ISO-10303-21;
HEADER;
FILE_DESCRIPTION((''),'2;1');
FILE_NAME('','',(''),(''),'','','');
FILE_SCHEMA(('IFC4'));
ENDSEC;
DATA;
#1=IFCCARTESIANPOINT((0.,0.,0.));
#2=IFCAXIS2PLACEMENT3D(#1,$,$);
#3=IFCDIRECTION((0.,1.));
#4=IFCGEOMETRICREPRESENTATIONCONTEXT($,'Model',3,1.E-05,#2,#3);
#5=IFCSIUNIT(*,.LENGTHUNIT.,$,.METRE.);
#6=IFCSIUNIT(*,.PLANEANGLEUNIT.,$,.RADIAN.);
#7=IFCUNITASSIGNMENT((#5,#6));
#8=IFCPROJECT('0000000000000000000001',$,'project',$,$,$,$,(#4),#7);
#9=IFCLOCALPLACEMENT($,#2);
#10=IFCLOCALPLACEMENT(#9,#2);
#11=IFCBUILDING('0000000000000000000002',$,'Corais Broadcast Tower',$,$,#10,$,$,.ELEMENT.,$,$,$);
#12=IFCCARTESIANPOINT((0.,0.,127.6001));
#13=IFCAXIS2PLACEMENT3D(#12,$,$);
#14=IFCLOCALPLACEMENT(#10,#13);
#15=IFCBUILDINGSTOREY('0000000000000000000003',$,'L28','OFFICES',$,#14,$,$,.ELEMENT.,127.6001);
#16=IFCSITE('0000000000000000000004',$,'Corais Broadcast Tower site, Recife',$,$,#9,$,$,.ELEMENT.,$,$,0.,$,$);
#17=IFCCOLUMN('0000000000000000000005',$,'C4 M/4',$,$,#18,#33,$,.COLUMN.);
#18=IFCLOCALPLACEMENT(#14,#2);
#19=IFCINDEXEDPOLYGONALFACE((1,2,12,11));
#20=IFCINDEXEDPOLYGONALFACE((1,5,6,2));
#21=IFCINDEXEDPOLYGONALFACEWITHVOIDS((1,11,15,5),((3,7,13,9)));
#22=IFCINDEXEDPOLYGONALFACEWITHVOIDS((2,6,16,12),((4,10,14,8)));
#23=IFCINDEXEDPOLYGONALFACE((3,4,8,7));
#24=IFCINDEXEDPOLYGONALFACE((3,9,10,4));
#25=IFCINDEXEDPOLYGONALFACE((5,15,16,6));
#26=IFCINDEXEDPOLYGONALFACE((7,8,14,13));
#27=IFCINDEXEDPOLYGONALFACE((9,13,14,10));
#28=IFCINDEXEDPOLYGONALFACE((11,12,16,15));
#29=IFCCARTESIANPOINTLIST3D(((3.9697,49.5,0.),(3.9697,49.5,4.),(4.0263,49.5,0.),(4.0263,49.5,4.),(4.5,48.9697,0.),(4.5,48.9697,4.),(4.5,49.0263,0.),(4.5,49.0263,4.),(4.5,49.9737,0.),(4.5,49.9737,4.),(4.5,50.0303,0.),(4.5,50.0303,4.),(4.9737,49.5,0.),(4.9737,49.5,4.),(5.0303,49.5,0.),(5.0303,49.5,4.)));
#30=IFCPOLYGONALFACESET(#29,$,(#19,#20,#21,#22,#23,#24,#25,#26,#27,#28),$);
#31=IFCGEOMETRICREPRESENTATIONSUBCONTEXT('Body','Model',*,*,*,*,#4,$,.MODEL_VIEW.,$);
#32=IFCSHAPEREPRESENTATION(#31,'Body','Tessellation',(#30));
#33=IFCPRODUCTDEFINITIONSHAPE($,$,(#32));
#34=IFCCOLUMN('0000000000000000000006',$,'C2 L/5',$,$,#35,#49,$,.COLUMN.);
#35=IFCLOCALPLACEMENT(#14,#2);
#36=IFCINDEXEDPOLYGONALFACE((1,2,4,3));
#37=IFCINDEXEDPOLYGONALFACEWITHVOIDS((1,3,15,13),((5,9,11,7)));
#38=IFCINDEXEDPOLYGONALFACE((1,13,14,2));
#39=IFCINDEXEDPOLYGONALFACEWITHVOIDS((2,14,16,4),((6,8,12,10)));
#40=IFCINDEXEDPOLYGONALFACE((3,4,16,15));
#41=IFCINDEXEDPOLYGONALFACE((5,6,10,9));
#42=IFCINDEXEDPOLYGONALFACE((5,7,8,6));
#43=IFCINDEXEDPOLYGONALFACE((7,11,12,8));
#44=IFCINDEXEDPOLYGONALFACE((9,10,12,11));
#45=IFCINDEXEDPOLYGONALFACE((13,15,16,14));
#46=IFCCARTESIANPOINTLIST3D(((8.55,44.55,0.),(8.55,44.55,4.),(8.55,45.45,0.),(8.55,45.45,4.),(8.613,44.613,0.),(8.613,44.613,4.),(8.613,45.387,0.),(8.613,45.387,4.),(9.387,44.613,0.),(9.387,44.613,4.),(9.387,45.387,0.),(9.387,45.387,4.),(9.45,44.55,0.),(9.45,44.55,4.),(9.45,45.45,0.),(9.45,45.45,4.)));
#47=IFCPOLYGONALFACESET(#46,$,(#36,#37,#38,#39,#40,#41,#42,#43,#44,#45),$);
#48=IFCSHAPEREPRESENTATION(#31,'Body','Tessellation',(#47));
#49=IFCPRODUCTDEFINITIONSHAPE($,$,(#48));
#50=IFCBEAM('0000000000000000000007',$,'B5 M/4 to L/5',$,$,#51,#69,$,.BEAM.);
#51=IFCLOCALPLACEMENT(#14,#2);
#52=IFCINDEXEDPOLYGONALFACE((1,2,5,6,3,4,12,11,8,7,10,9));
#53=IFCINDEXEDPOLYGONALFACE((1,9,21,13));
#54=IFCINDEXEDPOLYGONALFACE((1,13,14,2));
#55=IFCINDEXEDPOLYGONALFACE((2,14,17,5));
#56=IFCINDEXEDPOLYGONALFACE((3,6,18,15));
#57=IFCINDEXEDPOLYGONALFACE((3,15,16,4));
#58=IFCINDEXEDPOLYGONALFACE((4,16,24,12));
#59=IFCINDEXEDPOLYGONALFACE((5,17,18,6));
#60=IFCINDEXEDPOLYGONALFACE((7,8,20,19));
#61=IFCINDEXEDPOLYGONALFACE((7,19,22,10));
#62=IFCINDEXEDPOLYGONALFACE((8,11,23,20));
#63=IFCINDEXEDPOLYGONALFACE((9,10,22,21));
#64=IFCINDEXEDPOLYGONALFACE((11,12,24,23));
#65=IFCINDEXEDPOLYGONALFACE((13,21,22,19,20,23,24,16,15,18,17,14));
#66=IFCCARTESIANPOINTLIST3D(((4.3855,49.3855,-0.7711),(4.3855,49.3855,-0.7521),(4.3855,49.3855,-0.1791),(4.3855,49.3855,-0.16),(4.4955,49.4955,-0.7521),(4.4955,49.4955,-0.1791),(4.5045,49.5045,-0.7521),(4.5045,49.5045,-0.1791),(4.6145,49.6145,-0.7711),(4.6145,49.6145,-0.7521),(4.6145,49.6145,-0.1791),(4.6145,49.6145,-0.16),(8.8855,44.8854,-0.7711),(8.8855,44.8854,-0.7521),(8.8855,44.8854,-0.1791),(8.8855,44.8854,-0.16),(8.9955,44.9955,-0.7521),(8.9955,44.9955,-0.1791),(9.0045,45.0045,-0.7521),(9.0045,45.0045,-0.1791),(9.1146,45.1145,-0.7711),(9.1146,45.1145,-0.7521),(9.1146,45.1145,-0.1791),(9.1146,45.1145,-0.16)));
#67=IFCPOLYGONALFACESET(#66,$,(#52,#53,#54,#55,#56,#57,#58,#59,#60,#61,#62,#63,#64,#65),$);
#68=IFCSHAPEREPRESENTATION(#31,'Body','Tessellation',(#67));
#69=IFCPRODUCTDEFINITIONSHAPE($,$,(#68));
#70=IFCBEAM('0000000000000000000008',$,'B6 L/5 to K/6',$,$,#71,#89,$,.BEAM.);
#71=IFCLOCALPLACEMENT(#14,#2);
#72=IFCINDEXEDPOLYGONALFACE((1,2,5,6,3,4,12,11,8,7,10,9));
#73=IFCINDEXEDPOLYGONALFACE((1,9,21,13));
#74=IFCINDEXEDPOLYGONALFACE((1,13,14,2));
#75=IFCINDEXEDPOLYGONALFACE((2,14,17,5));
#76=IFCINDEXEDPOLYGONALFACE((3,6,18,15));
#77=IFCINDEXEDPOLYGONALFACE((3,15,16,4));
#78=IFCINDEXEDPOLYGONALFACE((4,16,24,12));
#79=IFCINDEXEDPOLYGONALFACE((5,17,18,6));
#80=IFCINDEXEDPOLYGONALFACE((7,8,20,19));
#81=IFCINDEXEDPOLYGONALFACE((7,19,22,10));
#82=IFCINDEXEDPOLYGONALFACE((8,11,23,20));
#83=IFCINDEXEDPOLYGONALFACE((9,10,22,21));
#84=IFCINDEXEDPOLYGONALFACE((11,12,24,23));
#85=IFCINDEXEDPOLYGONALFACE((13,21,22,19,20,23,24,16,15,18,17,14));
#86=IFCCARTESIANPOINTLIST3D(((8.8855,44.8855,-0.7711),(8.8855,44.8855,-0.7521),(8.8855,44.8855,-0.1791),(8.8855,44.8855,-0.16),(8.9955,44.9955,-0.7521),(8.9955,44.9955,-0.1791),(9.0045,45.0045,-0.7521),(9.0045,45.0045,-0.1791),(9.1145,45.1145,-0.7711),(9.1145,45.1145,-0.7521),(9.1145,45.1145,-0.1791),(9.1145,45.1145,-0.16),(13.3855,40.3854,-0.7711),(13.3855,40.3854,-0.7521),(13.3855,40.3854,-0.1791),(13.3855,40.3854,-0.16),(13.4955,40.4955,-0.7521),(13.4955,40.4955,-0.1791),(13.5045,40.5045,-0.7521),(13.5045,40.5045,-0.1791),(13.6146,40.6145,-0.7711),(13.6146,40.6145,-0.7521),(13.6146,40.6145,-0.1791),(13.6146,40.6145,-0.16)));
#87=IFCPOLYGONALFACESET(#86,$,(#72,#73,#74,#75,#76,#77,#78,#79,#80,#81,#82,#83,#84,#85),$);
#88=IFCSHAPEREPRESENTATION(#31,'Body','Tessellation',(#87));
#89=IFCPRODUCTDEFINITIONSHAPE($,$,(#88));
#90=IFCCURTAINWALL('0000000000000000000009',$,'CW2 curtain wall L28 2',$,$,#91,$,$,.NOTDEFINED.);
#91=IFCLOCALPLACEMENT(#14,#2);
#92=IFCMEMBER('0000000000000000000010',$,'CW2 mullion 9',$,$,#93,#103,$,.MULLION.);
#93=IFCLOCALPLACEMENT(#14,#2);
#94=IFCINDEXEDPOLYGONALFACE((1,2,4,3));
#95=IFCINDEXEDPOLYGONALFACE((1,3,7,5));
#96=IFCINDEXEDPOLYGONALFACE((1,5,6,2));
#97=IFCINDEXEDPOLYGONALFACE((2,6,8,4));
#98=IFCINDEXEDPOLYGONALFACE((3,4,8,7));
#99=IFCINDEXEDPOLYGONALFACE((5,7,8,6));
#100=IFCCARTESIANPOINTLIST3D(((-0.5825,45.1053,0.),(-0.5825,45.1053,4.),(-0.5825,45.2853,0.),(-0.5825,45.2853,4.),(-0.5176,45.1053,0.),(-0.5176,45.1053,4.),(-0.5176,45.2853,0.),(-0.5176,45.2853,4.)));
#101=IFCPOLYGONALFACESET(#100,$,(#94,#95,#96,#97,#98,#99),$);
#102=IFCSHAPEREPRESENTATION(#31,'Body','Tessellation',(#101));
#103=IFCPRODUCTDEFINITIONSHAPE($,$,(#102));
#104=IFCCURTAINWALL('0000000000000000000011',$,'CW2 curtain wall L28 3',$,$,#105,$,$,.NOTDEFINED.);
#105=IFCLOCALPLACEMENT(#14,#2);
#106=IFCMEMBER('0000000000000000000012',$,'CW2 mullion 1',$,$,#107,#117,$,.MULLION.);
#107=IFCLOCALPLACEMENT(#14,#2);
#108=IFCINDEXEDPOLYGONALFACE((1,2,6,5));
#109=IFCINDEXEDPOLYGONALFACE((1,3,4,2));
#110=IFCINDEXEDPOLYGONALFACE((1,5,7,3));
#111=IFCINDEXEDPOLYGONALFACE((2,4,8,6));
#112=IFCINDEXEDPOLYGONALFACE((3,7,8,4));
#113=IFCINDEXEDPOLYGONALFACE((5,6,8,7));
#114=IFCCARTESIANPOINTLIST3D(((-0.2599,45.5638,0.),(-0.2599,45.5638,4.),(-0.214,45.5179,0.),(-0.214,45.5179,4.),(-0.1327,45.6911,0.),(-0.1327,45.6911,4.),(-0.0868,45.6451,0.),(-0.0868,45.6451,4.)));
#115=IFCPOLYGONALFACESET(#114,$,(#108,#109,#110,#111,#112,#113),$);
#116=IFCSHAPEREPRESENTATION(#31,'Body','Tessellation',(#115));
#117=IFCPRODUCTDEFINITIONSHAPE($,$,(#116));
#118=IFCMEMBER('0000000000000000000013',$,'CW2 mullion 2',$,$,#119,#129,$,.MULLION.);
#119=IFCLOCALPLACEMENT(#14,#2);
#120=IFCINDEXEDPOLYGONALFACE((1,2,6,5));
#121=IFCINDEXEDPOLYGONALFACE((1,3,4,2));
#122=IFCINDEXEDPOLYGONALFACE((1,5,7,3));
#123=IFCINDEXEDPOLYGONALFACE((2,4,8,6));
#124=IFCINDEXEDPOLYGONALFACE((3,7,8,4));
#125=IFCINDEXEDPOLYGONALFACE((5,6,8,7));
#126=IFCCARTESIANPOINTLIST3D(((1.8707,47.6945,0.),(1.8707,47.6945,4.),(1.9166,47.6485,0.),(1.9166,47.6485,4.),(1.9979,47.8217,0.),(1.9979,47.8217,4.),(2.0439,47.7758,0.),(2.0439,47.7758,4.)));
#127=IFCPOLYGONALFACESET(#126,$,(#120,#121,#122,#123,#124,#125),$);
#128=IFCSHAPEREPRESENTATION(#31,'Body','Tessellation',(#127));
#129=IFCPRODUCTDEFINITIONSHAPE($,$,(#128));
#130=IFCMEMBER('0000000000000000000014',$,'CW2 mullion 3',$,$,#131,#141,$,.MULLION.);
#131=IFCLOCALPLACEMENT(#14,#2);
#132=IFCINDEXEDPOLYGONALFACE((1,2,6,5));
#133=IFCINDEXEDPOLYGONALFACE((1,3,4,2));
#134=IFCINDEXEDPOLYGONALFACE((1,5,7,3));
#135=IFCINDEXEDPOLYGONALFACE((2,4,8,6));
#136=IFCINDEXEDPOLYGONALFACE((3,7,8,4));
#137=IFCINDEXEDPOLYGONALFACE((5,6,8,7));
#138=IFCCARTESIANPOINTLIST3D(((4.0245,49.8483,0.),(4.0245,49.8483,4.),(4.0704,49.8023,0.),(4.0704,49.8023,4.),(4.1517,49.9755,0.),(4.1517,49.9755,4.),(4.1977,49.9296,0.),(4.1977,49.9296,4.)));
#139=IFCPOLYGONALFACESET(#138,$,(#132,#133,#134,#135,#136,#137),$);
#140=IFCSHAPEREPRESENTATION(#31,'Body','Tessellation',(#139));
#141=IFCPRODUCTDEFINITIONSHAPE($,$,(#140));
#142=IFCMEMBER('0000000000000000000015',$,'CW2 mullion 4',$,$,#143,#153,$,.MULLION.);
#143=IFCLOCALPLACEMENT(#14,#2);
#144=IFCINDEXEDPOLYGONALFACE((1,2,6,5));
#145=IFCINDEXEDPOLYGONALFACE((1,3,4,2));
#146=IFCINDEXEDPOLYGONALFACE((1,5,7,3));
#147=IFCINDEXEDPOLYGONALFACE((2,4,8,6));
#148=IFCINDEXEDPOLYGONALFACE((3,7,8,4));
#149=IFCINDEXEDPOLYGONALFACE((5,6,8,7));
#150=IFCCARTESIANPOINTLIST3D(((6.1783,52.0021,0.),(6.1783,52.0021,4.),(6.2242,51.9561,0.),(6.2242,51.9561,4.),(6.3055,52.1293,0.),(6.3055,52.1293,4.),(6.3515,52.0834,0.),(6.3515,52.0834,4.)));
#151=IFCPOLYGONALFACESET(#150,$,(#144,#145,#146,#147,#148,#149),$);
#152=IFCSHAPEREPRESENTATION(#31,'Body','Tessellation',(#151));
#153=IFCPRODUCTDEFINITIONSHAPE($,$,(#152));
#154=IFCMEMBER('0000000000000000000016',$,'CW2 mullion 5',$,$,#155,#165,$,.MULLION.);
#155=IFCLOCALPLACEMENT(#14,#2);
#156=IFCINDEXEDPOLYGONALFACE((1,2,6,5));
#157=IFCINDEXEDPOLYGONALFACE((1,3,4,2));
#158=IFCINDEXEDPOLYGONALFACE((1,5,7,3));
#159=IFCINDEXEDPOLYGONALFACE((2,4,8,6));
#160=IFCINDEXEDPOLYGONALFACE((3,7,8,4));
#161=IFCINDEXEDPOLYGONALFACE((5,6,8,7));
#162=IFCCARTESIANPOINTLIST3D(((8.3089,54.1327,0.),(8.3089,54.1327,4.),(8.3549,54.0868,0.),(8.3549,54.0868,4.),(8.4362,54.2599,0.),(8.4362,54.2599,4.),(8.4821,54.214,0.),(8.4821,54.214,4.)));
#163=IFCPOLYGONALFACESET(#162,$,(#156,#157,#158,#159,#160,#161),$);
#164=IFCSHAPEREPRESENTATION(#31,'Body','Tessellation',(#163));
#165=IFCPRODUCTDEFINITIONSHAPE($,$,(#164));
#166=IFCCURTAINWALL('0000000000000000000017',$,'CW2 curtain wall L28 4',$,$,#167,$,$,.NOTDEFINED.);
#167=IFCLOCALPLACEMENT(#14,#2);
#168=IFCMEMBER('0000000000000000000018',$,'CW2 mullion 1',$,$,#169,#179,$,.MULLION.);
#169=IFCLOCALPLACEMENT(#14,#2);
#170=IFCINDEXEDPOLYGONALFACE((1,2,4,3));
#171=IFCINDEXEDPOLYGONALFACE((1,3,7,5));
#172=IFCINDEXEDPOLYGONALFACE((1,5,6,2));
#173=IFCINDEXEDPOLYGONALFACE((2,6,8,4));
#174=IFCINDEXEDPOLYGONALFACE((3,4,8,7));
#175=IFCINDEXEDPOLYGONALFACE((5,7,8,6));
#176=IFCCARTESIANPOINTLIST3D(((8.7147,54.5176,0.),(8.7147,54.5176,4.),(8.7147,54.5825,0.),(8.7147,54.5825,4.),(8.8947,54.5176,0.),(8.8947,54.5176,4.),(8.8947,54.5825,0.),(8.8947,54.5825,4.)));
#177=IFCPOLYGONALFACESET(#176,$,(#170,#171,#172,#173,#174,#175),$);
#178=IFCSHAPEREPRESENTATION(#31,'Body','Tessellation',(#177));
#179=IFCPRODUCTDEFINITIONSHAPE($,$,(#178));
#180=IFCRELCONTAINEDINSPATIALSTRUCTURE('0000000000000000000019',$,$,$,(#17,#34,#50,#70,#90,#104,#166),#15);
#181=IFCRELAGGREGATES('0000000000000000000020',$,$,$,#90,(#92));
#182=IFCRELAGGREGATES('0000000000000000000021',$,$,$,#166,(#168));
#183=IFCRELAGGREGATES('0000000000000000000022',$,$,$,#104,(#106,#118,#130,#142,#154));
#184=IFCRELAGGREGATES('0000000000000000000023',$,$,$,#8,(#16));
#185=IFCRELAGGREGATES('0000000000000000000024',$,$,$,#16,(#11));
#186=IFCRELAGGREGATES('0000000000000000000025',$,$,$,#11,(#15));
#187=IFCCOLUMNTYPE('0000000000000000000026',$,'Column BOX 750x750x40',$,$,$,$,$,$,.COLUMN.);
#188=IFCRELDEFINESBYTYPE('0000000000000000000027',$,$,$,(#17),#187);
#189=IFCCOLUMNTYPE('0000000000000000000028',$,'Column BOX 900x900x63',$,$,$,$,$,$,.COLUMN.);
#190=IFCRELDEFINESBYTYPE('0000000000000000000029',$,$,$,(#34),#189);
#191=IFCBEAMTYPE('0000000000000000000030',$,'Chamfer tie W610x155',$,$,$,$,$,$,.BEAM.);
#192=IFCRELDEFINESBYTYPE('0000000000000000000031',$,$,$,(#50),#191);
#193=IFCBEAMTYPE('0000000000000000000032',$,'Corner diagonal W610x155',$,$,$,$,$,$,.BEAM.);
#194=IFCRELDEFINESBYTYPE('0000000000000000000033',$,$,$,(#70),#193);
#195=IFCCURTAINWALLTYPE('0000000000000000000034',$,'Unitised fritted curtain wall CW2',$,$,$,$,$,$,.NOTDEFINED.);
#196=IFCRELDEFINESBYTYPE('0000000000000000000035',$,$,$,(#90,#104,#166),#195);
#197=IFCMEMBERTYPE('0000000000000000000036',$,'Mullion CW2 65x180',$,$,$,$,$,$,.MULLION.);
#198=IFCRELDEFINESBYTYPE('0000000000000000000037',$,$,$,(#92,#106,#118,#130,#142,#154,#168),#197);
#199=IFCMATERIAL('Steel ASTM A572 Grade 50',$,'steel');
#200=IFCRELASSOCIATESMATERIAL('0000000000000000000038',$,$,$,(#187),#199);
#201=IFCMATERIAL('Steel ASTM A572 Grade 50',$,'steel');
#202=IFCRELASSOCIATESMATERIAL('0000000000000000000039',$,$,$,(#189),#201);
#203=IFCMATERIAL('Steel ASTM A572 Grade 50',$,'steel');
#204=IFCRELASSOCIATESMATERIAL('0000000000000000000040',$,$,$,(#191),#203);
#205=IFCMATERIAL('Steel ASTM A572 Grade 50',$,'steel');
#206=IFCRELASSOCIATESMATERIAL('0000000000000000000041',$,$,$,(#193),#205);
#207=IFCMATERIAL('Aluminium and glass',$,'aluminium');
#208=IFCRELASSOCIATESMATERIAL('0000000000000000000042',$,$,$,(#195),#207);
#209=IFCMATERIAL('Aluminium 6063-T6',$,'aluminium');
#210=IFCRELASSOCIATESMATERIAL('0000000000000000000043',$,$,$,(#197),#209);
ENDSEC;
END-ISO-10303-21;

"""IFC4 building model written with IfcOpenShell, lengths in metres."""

from ifc_helpers import new_model, si_unit, direction, frame, origin, origin_2d, place, context, subcontext, project, spatial, rectangle, hollow_rectangle, i_section, extrude, material, material_profile, profile_set, type_object, element, aggregate, save


model = new_model("IFC4")

# Units and contexts
model_context = context("Model", 3, precision=1e-05, world=origin(), true_north=direction((0.0, 1.0)))
body_context = subcontext(model_context, "Body", "Model", "MODEL_VIEW")
ifc_project = project(units=[si_unit("LENGTHUNIT", "METRE"), si_unit("PLANEANGLEUNIT", "RADIAN")], contexts=[model_context])

# Site, building, storey
site_placement = place(None, origin())
site = spatial("IfcSite", under=ifc_project, at=site_placement, Name="Corais Broadcast Tower site, Recife", CompositionType="ELEMENT", RefElevation=0.0)
building_placement = place(site_placement, origin())
building = spatial("IfcBuilding", under=site, at=building_placement, Name="Corais Broadcast Tower", CompositionType="ELEMENT")
storey_placement = place(building_placement, frame((0.0, 0.0, 127.6001)))
storey = spatial("IfcBuildingStorey", under=building, at=storey_placement, Name="L28", Description="OFFICES", CompositionType="ELEMENT", Elevation=127.6001)

# Columns
ifc_material_1 = material(Name="Steel ASTM A572 Grade 50", Category="steel")
ifc_material_profile_1 = material_profile(ifc_material_1, hollow_rectangle(XDim=0.75, YDim=0.75, WallThickness=0.04, at=origin_2d()), Name="BOX 750x750x40")
ifc_profile_set_1 = profile_set([ifc_material_profile_1], Name="Steel ASTM A572 Grade 50")
column_type_1 = type_object("IfcColumnType", Name="Column BOX 750x750x40", PredefinedType="COLUMN", material=ifc_profile_set_1)
column_1_placement = place(storey_placement, frame((4.5, 49.5, 0.0), z_axis=(0.0, 0.0, 1.0), x_axis=(0.707107, 0.707107, 0.0)))
element("IfcColumn", 1, at=column_1_placement, inside=storey, type_object=column_type_1, Name="C4 M/4", PredefinedType="COLUMN", context=body_context, shape_type="SweptSolid", body=[
    extrude(hollow_rectangle(XDim=0.75, YDim=0.75, WallThickness=0.04, at=origin_2d()), origin(), (0.0, 0.0, 1.0), 4.0),
])
ifc_material_2 = material(Name="Steel ASTM A572 Grade 50", Category="steel")
ifc_material_profile_2 = material_profile(ifc_material_2, hollow_rectangle(XDim=0.8999, YDim=0.8999, WallThickness=0.063, at=origin_2d()), Name="BOX 900x900x63")
ifc_profile_set_2 = profile_set([ifc_material_profile_2], Name="Steel ASTM A572 Grade 50")
column_type_2 = type_object("IfcColumnType", Name="Column BOX 900x900x63", PredefinedType="COLUMN", material=ifc_profile_set_2)
column_2_placement = place(storey_placement, frame((9.0, 45.0, 0.0), z_axis=(0.0, 0.0, 1.0), x_axis=(1.0, 0.0, 0.0)))
element("IfcColumn", 2, at=column_2_placement, inside=storey, type_object=column_type_2, Name="C2 L/5", PredefinedType="COLUMN", context=body_context, shape_type="SweptSolid", body=[
    extrude(hollow_rectangle(XDim=0.8999, YDim=0.8999, WallThickness=0.063, at=origin_2d()), origin(), (0.0, 0.0, 1.0), 4.0),
])

# Beams
ifc_material_3 = material(Name="Steel ASTM A572 Grade 50", Category="steel")
ifc_material_profile_3 = material_profile(ifc_material_3, i_section(OverallWidth=0.324, OverallDepth=0.6111, WebThickness=0.0127, FlangeThickness=0.019, at=origin_2d()), Name="W610x155")
ifc_profile_set_3 = profile_set([ifc_material_profile_3], Name="Steel ASTM A572 Grade 50")
beam_type_1 = type_object("IfcBeamType", Name="Chamfer tie W610x155", PredefinedType="BEAM", material=ifc_profile_set_3)
beam_1_placement = place(storey_placement, frame((4.5, 49.5, -0.4656), z_axis=(0.707107, -0.707107, 0.0), x_axis=(0.707107, 0.707107, 0.0)))
element("IfcBeam", 3, at=beam_1_placement, inside=storey, type_object=beam_type_1, Name="B5 M/4 to L/5", PredefinedType="BEAM", context=body_context, shape_type="SweptSolid", body=[
    extrude(i_section(OverallWidth=0.324, OverallDepth=0.6111, WebThickness=0.0127, FlangeThickness=0.019, at=origin_2d()), origin(), (0.0, 0.0, 1.0), 6.364),
])
ifc_material_4 = material(Name="Steel ASTM A572 Grade 50", Category="steel")
ifc_material_profile_4 = material_profile(ifc_material_4, i_section(OverallWidth=0.324, OverallDepth=0.6111, WebThickness=0.0127, FlangeThickness=0.019, at=origin_2d()), Name="W610x155")
ifc_profile_set_4 = profile_set([ifc_material_profile_4], Name="Steel ASTM A572 Grade 50")
beam_type_2 = type_object("IfcBeamType", Name="Corner diagonal W610x155", PredefinedType="BEAM", material=ifc_profile_set_4)
beam_2_placement = place(storey_placement, frame((9.0, 45.0, -0.4656), z_axis=(0.707107, -0.707107, 0.0), x_axis=(0.707107, 0.707107, 0.0)))
element("IfcBeam", 4, at=beam_2_placement, inside=storey, type_object=beam_type_2, Name="B6 L/5 to K/6", PredefinedType="BEAM", context=body_context, shape_type="SweptSolid", body=[
    extrude(i_section(OverallWidth=0.324, OverallDepth=0.6111, WebThickness=0.0127, FlangeThickness=0.019, at=origin_2d()), origin(), (0.0, 0.0, 1.0), 6.364),
])

# Curtain wall, member
ifc_material_5 = material(Name="Aluminium and glass", Category="aluminium")
curtain_wall_type = type_object("IfcCurtainWallType", Name="Unitised fritted curtain wall CW2", PredefinedType="NOTDEFINED", material=ifc_material_5)
curtain_wall_1_placement = place(storey_placement, origin())
curtain_wall_1 = element("IfcCurtainWall", 5, at=curtain_wall_1_placement, inside=storey, type_object=curtain_wall_type, Name="CW2 curtain wall L28 2", PredefinedType="NOTDEFINED")
ifc_material_6 = material(Name="Aluminium 6063-T6", Category="aluminium")
ifc_material_profile_5 = material_profile(ifc_material_6, rectangle(XDim=0.0649, YDim=0.1799, at=origin_2d()), Name="Mullion CW2 65x180")
ifc_profile_set_5 = profile_set([ifc_material_profile_5], Name="Aluminium 6063-T6")
member_type_1 = type_object("IfcMemberType", Name="Mullion CW2 65x180", PredefinedType="MULLION", material=ifc_profile_set_5)
member_1_placement = place(storey_placement, frame((-0.55, 45.1953, 0.0), z_axis=(0.0, 0.0, 1.0), x_axis=(-1.0, 0.0, 0.0)))
member_1 = element("IfcMember", 6, at=member_1_placement, type_object=member_type_1, Name="CW2 mullion 9", PredefinedType="MULLION", context=body_context, shape_type="SweptSolid", body=[
    extrude(rectangle(XDim=0.0649, YDim=0.1799, at=origin_2d()), origin(), (0.0, 0.0, 1.0), 4.0),
])
aggregate(curtain_wall_1, [member_1])

# Curtain wall, members
curtain_wall_2_placement = place(storey_placement, origin())
curtain_wall_2 = element("IfcCurtainWall", 7, at=curtain_wall_2_placement, inside=storey, type_object=curtain_wall_type, Name="CW2 curtain wall L28 3", PredefinedType="NOTDEFINED")
member_2_placement = place(storey_placement, frame((-0.1733, 45.6045, 0.0), z_axis=(0.0, 0.0, 1.0), x_axis=(-0.707107, 0.707107, 0.0)))
member_2 = element("IfcMember", 8, at=member_2_placement, type_object=member_type_1, Name="CW2 mullion 1", PredefinedType="MULLION", context=body_context, shape_type="SweptSolid", body=[
    extrude(rectangle(XDim=0.0649, YDim=0.1799, at=origin_2d()), origin(), (0.0, 0.0, 1.0), 4.0),
])
member_3_placement = place(storey_placement, frame((1.9573, 47.7351, 0.0), z_axis=(0.0, 0.0, 1.0), x_axis=(-0.707107, 0.707107, 0.0)))
member_3 = element("IfcMember", 9, at=member_3_placement, type_object=member_type_1, Name="CW2 mullion 2", PredefinedType="MULLION", context=body_context, shape_type="SweptSolid", body=[
    extrude(rectangle(XDim=0.0649, YDim=0.1799, at=origin_2d()), origin(), (0.0, 0.0, 1.0), 4.0),
])
member_4_placement = place(storey_placement, frame((4.1111, 49.8889, 0.0), z_axis=(0.0, 0.0, 1.0), x_axis=(-0.707107, 0.707107, 0.0)))
member_4 = element("IfcMember", 10, at=member_4_placement, type_object=member_type_1, Name="CW2 mullion 3", PredefinedType="MULLION", context=body_context, shape_type="SweptSolid", body=[
    extrude(rectangle(XDim=0.0649, YDim=0.1799, at=origin_2d()), origin(), (0.0, 0.0, 1.0), 4.0),
])
member_5_placement = place(storey_placement, frame((6.2649, 52.0427, 0.0), z_axis=(0.0, 0.0, 1.0), x_axis=(-0.707107, 0.707107, 0.0)))
member_5 = element("IfcMember", 11, at=member_5_placement, type_object=member_type_1, Name="CW2 mullion 4", PredefinedType="MULLION", context=body_context, shape_type="SweptSolid", body=[
    extrude(rectangle(XDim=0.0649, YDim=0.1799, at=origin_2d()), origin(), (0.0, 0.0, 1.0), 4.0),
])
member_6_placement = place(storey_placement, frame((8.3955, 54.1733, 0.0), z_axis=(0.0, 0.0, 1.0), x_axis=(-0.707107, 0.707107, 0.0)))
member_6 = element("IfcMember", 12, at=member_6_placement, type_object=member_type_1, Name="CW2 mullion 5", PredefinedType="MULLION", context=body_context, shape_type="SweptSolid", body=[
    extrude(rectangle(XDim=0.0649, YDim=0.1799, at=origin_2d()), origin(), (0.0, 0.0, 1.0), 4.0),
])

# Curtain wall, member
curtain_wall_3_placement = place(storey_placement, origin())
curtain_wall_3 = element("IfcCurtainWall", 13, at=curtain_wall_3_placement, inside=storey, type_object=curtain_wall_type, Name="CW2 curtain wall L28 4", PredefinedType="NOTDEFINED")
member_7_placement = place(storey_placement, frame((8.8047, 54.55, 0.0), z_axis=(0.0, 0.0, 1.0), x_axis=(0.0, 1.0, 0.0)))
member_7 = element("IfcMember", 14, at=member_7_placement, type_object=member_type_1, Name="CW2 mullion 1", PredefinedType="MULLION", context=body_context, shape_type="SweptSolid", body=[
    extrude(rectangle(XDim=0.0649, YDim=0.1799, at=origin_2d()), origin(), (0.0, 0.0, 1.0), 4.0),
])

aggregate(curtain_wall_3, [member_7])

aggregate(curtain_wall_2, [member_2, member_3, member_4, member_5, member_6])

save(model, "model.ifc")
